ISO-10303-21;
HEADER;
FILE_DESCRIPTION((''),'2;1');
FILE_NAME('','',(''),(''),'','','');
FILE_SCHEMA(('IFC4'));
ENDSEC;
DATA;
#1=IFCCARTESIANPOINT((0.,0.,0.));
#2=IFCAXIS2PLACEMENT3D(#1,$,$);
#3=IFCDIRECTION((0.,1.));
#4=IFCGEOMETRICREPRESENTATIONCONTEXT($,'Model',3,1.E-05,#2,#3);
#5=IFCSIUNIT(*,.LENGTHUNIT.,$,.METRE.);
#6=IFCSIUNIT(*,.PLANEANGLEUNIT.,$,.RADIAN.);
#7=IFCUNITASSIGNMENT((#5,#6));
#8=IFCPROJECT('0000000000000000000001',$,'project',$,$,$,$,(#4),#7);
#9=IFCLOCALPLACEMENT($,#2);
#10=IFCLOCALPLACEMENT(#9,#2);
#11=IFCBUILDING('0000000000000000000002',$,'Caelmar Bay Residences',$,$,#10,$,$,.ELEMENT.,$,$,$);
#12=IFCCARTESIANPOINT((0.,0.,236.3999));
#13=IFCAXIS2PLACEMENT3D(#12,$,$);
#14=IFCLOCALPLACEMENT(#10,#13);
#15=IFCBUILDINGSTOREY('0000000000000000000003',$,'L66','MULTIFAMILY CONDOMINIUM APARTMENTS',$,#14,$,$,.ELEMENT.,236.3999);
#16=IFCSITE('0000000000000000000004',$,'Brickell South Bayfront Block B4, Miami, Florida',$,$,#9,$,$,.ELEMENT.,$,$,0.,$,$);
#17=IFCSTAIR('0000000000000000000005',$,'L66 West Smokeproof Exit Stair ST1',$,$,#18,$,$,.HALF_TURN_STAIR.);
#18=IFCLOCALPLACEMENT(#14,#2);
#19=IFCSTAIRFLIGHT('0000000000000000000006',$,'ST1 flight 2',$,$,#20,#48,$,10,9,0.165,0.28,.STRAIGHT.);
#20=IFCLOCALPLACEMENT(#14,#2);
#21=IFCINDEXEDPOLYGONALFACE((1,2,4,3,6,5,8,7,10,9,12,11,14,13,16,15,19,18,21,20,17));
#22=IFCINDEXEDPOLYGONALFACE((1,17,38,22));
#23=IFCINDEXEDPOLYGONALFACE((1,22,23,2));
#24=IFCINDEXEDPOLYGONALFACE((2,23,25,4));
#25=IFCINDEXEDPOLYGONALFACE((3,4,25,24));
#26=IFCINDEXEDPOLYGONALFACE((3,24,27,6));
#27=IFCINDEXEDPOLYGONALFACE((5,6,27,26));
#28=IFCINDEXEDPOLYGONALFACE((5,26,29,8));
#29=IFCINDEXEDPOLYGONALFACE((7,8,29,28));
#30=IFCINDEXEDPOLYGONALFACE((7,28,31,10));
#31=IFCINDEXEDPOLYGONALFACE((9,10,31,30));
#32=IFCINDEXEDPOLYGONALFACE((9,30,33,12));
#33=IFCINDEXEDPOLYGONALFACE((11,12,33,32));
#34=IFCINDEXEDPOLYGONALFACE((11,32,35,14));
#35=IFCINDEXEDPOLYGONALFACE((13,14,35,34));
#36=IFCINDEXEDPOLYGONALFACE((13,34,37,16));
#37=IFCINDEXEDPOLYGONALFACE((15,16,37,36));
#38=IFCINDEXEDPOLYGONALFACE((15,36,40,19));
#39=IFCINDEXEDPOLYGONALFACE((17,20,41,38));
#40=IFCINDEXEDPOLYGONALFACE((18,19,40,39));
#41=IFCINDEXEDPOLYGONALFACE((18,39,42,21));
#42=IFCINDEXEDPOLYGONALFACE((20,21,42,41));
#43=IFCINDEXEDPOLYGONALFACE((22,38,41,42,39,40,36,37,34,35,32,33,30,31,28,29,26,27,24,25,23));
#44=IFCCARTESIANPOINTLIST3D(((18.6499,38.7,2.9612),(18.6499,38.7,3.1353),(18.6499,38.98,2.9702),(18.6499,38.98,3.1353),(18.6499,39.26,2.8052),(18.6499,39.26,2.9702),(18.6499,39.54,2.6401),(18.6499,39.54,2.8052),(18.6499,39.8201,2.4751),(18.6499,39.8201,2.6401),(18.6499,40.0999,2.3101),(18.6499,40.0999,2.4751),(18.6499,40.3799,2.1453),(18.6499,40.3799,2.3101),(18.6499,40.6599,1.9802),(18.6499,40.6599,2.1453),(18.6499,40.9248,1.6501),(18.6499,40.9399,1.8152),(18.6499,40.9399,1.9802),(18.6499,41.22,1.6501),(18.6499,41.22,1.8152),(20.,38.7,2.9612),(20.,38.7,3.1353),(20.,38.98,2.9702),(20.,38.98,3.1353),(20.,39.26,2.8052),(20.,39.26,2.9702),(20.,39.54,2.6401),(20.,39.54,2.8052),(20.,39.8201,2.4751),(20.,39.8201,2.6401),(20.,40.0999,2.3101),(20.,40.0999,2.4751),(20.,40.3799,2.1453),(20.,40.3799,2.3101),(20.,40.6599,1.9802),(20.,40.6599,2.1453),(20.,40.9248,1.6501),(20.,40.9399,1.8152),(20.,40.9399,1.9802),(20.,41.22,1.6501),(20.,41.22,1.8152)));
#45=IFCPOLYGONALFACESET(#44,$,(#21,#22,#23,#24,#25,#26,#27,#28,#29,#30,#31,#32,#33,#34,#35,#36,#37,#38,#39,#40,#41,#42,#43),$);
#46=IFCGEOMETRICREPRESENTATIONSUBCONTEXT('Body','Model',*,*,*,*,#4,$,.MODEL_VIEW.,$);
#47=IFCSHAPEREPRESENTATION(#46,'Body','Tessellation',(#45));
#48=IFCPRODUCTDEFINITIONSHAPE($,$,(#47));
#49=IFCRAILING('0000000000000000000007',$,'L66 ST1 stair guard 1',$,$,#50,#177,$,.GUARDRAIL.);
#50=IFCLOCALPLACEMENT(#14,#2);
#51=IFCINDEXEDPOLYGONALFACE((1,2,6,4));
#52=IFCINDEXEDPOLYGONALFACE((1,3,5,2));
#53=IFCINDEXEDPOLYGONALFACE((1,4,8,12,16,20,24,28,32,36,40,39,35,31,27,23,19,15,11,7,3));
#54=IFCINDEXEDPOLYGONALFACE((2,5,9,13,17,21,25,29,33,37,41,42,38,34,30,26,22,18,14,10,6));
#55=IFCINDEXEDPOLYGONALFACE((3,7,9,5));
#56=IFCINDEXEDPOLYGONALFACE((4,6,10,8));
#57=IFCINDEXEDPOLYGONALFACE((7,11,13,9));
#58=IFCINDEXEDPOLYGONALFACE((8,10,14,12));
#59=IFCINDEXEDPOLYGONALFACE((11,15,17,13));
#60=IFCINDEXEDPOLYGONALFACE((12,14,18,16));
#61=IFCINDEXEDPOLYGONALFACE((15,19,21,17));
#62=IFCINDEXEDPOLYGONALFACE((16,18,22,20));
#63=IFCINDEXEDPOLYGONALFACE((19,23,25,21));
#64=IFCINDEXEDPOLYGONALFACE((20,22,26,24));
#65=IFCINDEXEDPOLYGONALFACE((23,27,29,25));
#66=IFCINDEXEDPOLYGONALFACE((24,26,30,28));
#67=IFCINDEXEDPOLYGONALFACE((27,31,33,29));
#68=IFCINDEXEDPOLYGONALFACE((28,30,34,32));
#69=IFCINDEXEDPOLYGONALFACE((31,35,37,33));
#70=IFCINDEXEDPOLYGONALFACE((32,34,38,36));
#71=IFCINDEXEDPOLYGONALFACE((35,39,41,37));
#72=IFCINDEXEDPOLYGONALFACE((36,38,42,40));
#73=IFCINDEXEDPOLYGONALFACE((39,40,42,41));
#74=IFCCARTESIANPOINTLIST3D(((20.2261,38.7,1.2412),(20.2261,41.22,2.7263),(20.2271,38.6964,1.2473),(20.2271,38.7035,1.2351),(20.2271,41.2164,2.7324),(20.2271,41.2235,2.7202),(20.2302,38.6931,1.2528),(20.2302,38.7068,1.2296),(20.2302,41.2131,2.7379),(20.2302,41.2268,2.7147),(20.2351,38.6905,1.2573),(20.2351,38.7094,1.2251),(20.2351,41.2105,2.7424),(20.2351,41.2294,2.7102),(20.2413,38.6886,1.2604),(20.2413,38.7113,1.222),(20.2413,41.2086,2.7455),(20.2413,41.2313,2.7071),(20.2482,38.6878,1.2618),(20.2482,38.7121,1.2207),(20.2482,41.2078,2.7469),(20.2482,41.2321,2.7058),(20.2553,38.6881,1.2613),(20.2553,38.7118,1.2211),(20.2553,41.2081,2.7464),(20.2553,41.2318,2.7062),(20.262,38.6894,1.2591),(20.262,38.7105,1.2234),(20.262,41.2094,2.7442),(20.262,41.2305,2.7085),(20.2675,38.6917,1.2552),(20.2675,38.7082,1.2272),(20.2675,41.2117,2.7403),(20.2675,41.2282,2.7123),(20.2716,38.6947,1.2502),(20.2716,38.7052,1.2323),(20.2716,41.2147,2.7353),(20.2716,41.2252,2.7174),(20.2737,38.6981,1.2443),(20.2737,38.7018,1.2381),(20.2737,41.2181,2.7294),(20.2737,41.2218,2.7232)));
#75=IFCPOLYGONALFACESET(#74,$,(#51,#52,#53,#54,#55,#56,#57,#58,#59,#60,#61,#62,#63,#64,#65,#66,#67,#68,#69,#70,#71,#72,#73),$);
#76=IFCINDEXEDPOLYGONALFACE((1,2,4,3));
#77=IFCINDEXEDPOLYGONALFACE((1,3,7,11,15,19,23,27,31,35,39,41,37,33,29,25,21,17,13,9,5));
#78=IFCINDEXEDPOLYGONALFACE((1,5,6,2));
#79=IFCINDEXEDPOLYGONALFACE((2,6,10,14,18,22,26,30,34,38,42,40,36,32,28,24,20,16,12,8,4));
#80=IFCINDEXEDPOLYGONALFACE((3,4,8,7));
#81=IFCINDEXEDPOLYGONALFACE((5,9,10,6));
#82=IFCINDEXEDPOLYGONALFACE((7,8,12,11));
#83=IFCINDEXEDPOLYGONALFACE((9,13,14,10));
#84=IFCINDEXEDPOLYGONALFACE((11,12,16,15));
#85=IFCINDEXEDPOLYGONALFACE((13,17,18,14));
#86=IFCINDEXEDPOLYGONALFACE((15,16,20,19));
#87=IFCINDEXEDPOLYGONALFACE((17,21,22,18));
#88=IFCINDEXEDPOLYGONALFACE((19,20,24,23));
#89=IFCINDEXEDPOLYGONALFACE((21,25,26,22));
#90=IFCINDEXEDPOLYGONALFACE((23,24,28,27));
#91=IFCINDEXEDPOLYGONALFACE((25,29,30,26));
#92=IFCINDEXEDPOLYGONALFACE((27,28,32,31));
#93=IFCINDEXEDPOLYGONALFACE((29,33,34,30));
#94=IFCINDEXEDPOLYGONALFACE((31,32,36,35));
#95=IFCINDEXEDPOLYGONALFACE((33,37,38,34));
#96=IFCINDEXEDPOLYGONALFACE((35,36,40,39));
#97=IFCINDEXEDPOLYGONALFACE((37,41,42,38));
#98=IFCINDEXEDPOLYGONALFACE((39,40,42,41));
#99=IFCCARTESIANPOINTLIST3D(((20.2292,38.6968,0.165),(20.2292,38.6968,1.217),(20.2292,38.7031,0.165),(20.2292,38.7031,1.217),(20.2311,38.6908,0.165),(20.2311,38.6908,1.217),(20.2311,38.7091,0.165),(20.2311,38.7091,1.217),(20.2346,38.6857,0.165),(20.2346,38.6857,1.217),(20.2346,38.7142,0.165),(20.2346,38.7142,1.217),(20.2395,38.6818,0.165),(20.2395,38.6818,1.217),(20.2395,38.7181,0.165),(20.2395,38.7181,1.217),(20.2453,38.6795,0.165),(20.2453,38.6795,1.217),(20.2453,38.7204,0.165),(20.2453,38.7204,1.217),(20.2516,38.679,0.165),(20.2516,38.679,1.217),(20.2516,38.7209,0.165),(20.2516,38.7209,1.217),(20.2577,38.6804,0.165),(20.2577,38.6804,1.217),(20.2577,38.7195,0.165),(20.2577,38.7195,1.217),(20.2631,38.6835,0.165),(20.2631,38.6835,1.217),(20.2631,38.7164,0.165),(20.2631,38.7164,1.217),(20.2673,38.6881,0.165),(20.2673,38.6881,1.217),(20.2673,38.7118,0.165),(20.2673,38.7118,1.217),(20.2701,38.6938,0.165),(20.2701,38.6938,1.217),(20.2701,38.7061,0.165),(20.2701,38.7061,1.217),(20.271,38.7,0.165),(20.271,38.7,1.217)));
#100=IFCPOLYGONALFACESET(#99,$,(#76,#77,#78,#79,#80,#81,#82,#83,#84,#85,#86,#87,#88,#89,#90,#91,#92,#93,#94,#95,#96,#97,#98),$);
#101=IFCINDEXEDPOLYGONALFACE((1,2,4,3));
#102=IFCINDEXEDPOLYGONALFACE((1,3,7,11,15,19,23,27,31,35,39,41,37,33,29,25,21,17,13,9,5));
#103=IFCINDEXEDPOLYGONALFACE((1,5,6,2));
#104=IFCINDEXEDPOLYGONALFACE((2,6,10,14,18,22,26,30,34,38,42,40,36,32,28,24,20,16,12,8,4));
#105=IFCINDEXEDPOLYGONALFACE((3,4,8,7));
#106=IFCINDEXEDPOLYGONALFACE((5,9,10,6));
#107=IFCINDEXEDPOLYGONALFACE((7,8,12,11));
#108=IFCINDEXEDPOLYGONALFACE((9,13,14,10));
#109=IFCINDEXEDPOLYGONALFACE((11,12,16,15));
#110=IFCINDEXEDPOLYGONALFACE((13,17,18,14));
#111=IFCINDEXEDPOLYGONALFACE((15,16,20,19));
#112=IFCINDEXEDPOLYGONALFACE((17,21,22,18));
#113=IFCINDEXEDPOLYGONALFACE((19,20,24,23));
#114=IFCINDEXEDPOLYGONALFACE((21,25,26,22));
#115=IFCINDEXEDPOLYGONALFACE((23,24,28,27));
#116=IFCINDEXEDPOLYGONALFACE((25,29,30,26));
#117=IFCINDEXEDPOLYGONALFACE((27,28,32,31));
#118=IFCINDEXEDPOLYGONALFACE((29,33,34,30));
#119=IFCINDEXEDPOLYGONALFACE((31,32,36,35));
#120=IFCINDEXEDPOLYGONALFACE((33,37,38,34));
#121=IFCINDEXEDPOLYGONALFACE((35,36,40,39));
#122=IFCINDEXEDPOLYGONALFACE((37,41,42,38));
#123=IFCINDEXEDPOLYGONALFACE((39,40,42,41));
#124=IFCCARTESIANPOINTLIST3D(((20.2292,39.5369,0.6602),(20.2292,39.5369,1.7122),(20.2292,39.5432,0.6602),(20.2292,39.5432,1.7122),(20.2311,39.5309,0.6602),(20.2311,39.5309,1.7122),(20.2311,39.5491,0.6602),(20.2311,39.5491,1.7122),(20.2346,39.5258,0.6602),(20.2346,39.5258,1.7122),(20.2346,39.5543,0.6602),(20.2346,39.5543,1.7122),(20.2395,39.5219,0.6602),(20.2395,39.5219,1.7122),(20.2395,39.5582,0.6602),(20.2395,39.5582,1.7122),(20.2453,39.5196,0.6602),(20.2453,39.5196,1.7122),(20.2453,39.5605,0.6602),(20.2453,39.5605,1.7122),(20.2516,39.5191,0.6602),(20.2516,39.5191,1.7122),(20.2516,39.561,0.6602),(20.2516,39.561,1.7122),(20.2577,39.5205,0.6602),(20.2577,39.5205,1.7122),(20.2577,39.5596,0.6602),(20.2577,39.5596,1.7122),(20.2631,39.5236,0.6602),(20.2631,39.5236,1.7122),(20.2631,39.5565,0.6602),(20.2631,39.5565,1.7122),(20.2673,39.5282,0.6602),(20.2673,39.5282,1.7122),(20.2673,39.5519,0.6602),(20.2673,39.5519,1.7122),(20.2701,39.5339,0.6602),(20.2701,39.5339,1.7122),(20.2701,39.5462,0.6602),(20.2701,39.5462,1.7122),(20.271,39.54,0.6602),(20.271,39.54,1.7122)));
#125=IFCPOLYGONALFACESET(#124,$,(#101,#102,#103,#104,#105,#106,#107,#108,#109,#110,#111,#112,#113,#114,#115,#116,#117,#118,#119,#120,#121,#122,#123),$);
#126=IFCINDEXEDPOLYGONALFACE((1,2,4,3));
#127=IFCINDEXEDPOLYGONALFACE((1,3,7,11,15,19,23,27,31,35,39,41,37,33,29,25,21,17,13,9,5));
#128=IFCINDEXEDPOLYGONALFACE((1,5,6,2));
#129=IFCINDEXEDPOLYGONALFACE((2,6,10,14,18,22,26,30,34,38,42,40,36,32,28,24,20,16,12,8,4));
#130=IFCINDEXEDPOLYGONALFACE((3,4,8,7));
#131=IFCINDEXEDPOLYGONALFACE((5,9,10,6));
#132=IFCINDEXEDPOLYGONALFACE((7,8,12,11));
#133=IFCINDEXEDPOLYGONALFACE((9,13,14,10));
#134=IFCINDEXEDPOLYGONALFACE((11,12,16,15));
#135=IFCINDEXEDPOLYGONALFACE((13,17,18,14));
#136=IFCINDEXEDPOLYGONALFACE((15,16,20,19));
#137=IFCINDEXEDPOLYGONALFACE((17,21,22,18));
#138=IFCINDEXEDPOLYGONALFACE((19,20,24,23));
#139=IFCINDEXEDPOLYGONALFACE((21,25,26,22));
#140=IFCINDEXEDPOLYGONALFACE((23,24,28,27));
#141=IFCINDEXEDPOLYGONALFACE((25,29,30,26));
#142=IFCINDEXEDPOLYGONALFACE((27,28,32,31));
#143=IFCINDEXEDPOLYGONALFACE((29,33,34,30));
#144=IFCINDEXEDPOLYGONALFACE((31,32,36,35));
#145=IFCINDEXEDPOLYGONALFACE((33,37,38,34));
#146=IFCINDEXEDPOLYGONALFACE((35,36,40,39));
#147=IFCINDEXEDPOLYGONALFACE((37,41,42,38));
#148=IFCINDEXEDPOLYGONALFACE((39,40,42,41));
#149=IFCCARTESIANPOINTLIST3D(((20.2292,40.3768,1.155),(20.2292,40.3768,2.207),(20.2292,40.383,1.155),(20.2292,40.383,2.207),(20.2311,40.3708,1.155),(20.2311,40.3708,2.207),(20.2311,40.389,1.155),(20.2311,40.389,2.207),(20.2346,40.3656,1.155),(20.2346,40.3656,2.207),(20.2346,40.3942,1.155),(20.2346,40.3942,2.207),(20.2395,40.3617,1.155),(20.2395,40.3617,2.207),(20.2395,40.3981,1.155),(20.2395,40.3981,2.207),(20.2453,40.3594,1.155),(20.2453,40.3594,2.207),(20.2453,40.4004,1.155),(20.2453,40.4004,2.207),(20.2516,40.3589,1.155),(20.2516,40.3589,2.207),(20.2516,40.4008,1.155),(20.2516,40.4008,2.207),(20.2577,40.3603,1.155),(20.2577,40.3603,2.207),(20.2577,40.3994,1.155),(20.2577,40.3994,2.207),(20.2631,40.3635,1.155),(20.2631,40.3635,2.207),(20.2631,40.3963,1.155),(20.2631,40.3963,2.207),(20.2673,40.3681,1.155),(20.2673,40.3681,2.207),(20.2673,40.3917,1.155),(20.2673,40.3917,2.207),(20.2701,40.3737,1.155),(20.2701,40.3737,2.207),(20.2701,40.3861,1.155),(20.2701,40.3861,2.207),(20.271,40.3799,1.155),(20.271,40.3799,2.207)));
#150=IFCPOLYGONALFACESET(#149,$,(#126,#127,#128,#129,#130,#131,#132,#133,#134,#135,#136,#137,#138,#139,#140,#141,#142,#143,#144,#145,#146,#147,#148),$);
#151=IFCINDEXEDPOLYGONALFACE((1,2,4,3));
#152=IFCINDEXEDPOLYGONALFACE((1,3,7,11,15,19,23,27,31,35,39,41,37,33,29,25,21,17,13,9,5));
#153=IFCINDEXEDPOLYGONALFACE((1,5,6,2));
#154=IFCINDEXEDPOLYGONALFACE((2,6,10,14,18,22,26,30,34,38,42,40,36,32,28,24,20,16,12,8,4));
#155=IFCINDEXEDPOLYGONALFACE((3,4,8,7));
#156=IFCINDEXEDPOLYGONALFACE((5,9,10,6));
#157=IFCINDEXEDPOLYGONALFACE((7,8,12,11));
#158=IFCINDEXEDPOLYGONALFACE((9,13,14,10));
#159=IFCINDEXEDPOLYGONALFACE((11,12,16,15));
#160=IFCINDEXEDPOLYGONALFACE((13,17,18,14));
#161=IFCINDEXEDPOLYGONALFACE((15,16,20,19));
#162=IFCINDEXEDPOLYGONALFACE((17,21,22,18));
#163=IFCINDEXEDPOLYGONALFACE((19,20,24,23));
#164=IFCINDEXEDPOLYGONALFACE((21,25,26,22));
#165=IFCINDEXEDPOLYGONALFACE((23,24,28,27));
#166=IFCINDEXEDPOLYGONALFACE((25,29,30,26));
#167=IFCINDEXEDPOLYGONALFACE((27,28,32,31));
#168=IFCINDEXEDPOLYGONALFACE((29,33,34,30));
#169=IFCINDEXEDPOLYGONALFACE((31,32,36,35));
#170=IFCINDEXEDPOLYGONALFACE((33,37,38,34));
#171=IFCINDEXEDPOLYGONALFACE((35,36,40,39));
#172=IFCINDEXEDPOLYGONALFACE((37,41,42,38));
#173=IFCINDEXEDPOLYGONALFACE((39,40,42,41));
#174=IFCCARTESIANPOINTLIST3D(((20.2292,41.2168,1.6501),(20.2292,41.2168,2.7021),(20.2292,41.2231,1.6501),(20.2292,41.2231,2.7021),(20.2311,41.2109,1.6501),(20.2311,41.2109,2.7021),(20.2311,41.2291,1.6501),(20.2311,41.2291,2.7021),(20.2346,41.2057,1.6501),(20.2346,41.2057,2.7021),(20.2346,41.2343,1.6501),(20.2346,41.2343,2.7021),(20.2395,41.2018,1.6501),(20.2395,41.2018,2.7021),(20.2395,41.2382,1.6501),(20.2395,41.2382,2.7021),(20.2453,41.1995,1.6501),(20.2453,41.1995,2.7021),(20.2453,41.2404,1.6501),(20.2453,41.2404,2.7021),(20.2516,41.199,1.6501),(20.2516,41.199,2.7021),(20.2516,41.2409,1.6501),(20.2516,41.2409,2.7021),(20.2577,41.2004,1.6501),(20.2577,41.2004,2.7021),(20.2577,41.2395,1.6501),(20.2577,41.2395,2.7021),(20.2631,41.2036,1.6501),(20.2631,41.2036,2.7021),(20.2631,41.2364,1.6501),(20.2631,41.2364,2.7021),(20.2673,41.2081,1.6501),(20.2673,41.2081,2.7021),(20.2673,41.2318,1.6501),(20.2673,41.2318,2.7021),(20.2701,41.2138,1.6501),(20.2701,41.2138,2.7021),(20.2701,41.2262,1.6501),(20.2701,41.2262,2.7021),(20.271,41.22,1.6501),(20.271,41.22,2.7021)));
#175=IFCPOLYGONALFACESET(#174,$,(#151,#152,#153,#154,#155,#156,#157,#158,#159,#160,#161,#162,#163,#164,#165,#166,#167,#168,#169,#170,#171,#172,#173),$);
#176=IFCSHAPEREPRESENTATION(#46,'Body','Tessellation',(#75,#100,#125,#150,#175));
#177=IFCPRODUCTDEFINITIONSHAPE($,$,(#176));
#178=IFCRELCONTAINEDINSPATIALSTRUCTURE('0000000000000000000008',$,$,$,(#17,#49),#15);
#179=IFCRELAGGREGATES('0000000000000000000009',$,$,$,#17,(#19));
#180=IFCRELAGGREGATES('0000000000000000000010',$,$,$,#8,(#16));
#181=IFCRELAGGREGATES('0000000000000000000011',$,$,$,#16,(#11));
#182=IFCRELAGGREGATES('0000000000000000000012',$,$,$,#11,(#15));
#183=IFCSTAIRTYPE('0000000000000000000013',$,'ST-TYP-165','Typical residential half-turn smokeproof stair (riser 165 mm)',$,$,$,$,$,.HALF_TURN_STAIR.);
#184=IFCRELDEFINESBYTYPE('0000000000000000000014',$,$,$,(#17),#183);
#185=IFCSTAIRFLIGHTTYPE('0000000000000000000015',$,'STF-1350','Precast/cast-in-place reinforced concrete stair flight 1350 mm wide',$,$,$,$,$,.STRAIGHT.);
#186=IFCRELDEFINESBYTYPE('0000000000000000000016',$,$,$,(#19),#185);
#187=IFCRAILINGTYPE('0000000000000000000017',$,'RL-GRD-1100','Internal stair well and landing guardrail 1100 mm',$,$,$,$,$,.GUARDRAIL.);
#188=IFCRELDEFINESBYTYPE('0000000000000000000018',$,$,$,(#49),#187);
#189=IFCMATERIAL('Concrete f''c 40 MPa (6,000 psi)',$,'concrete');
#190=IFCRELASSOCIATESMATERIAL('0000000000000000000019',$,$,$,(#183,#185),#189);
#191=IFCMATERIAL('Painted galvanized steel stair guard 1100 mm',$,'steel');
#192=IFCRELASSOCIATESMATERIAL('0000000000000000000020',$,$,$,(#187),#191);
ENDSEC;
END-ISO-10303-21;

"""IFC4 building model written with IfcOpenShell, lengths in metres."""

from ifc_helpers import new_model, si_unit, direction, frame, origin, origin_2d, place, context, subcontext, project, spatial, polyline, circle, outline, extrude, material, type_object, element, aggregate, save


model = new_model("IFC4")

# Units and contexts
model_context = context("Model", 3, precision=1e-05, world=origin(), true_north=direction((0.0, 1.0)))
body_context = subcontext(model_context, "Body", "Model", "MODEL_VIEW")
ifc_project = project(units=[si_unit("LENGTHUNIT", "METRE"), si_unit("PLANEANGLEUNIT", "RADIAN")], contexts=[model_context])

# Site, building, storey
site_placement = place(None, origin())
site = spatial("IfcSite", under=ifc_project, at=site_placement, Name="Brickell South Bayfront Block B4, Miami, Florida", CompositionType="ELEMENT", RefElevation=0.0)
building_placement = place(site_placement, origin())
building = spatial("IfcBuilding", under=site, at=building_placement, Name="Caelmar Bay Residences", CompositionType="ELEMENT")
storey_placement = place(building_placement, frame((0.0, 0.0, 236.3999)))
storey = spatial("IfcBuildingStorey", under=building, at=storey_placement, Name="L66", Description="MULTIFAMILY CONDOMINIUM APARTMENTS", CompositionType="ELEMENT", Elevation=236.3999)

# Stair, stair flight
ifc_material_1 = material(Name="Concrete f'c 40 MPa (6,000 psi)", Category="concrete")
stair_type = type_object("IfcStairType", Name="ST-TYP-165", Description="Typical residential half-turn smokeproof stair (riser 165 mm)", PredefinedType="HALF_TURN_STAIR", material=ifc_material_1)
stair_placement = place(storey_placement, origin())
stair = element("IfcStair", 1, at=stair_placement, inside=storey, type_object=stair_type, Name="L66 West Smokeproof Exit Stair ST1", PredefinedType="HALF_TURN_STAIR")
stair_flight_type = type_object("IfcStairFlightType", Name="STF-1350", Description="Precast/cast-in-place reinforced concrete stair flight 1350 mm wide", PredefinedType="STRAIGHT", material=ifc_material_1)
stair_flight_1_placement = place(storey_placement, frame((19.325, 41.22, 1.6501), z_axis=(0.0, 0.0, 1.0), x_axis=(0.0, -1.0, 0.0)))
stair_flight_1 = element("IfcStairFlight", 2, at=stair_flight_1_placement, type_object=stair_flight_type, Name="ST1 flight 2", NumberOfRisers=10, NumberOfTreads=9, PredefinedType="STRAIGHT", RiserHeight=0.165, TreadLength=0.28, context=body_context, shape_type="SweptSolid", body=[
    extrude(outline(polyline([(0.0, 0.0), (0.0, 0.165), (0.28, 0.165), (0.28, 0.3301), (0.5601, 0.3301), (0.5601, 0.4951), (0.8401, 0.4951), (0.8401, 0.6599), (1.1201, 0.6599), (1.1201, 0.825), (1.3999, 0.825), (1.3999, 0.99), (1.6799, 0.99), (1.6799, 1.155), (1.96, 1.155), (1.96, 1.3201), (2.24, 1.3201), (2.24, 1.4851), (2.52, 1.4851), (2.52, 1.6499), (2.52, 1.311), (0.2952, 0.0), (0.0, 0.0)])), frame((0.0, 0.675, 0.0), z_axis=(0.0, -1.0, 0.0), x_axis=(1.0, 0.0, 0.0)), (0.0, 0.0, 1.0), 1.3501),
])
aggregate(stair, [stair_flight_1])

# Railing
ifc_material_2 = material(Name="Painted galvanized steel stair guard 1100 mm", Category="steel")
railing_type_1 = type_object("IfcRailingType", Name="RL-GRD-1100", Description="Internal stair well and landing guardrail 1100 mm", PredefinedType="GUARDRAIL", material=ifc_material_2)
railing_1_placement = place(storey_placement, frame((20.25, 38.7, 0.165)))
element("IfcRailing", 3, at=railing_1_placement, inside=storey, type_object=railing_type_1, Name="L66 ST1 stair guard 1", PredefinedType="GUARDRAIL", context=body_context, shape_type="SweptSolid", body=[
    extrude(circle(Radius=0.0239, at=origin_2d()), frame((0.0, 0.0, 1.0762), z_axis=(0.0, 0.861524, 0.507717), x_axis=(-1.0, 0.0, 0.0)), (0.0, 0.0, 1.0), 2.925),
    extrude(circle(Radius=0.021, at=origin_2d()), origin(), (0.0, 0.0, 1.0), 1.052),
    extrude(circle(Radius=0.021, at=origin_2d()), frame((0.0, 0.8401, 0.4951)), (0.0, 0.0, 1.0), 1.052),
    extrude(circle(Radius=0.021, at=origin_2d()), frame((0.0, 1.6799, 0.99)), (0.0, 0.0, 1.0), 1.052),
    extrude(circle(Radius=0.021, at=origin_2d()), frame((0.0, 2.52, 1.4851)), (0.0, 0.0, 1.0), 1.052),
])

save(model, "model.ifc")
